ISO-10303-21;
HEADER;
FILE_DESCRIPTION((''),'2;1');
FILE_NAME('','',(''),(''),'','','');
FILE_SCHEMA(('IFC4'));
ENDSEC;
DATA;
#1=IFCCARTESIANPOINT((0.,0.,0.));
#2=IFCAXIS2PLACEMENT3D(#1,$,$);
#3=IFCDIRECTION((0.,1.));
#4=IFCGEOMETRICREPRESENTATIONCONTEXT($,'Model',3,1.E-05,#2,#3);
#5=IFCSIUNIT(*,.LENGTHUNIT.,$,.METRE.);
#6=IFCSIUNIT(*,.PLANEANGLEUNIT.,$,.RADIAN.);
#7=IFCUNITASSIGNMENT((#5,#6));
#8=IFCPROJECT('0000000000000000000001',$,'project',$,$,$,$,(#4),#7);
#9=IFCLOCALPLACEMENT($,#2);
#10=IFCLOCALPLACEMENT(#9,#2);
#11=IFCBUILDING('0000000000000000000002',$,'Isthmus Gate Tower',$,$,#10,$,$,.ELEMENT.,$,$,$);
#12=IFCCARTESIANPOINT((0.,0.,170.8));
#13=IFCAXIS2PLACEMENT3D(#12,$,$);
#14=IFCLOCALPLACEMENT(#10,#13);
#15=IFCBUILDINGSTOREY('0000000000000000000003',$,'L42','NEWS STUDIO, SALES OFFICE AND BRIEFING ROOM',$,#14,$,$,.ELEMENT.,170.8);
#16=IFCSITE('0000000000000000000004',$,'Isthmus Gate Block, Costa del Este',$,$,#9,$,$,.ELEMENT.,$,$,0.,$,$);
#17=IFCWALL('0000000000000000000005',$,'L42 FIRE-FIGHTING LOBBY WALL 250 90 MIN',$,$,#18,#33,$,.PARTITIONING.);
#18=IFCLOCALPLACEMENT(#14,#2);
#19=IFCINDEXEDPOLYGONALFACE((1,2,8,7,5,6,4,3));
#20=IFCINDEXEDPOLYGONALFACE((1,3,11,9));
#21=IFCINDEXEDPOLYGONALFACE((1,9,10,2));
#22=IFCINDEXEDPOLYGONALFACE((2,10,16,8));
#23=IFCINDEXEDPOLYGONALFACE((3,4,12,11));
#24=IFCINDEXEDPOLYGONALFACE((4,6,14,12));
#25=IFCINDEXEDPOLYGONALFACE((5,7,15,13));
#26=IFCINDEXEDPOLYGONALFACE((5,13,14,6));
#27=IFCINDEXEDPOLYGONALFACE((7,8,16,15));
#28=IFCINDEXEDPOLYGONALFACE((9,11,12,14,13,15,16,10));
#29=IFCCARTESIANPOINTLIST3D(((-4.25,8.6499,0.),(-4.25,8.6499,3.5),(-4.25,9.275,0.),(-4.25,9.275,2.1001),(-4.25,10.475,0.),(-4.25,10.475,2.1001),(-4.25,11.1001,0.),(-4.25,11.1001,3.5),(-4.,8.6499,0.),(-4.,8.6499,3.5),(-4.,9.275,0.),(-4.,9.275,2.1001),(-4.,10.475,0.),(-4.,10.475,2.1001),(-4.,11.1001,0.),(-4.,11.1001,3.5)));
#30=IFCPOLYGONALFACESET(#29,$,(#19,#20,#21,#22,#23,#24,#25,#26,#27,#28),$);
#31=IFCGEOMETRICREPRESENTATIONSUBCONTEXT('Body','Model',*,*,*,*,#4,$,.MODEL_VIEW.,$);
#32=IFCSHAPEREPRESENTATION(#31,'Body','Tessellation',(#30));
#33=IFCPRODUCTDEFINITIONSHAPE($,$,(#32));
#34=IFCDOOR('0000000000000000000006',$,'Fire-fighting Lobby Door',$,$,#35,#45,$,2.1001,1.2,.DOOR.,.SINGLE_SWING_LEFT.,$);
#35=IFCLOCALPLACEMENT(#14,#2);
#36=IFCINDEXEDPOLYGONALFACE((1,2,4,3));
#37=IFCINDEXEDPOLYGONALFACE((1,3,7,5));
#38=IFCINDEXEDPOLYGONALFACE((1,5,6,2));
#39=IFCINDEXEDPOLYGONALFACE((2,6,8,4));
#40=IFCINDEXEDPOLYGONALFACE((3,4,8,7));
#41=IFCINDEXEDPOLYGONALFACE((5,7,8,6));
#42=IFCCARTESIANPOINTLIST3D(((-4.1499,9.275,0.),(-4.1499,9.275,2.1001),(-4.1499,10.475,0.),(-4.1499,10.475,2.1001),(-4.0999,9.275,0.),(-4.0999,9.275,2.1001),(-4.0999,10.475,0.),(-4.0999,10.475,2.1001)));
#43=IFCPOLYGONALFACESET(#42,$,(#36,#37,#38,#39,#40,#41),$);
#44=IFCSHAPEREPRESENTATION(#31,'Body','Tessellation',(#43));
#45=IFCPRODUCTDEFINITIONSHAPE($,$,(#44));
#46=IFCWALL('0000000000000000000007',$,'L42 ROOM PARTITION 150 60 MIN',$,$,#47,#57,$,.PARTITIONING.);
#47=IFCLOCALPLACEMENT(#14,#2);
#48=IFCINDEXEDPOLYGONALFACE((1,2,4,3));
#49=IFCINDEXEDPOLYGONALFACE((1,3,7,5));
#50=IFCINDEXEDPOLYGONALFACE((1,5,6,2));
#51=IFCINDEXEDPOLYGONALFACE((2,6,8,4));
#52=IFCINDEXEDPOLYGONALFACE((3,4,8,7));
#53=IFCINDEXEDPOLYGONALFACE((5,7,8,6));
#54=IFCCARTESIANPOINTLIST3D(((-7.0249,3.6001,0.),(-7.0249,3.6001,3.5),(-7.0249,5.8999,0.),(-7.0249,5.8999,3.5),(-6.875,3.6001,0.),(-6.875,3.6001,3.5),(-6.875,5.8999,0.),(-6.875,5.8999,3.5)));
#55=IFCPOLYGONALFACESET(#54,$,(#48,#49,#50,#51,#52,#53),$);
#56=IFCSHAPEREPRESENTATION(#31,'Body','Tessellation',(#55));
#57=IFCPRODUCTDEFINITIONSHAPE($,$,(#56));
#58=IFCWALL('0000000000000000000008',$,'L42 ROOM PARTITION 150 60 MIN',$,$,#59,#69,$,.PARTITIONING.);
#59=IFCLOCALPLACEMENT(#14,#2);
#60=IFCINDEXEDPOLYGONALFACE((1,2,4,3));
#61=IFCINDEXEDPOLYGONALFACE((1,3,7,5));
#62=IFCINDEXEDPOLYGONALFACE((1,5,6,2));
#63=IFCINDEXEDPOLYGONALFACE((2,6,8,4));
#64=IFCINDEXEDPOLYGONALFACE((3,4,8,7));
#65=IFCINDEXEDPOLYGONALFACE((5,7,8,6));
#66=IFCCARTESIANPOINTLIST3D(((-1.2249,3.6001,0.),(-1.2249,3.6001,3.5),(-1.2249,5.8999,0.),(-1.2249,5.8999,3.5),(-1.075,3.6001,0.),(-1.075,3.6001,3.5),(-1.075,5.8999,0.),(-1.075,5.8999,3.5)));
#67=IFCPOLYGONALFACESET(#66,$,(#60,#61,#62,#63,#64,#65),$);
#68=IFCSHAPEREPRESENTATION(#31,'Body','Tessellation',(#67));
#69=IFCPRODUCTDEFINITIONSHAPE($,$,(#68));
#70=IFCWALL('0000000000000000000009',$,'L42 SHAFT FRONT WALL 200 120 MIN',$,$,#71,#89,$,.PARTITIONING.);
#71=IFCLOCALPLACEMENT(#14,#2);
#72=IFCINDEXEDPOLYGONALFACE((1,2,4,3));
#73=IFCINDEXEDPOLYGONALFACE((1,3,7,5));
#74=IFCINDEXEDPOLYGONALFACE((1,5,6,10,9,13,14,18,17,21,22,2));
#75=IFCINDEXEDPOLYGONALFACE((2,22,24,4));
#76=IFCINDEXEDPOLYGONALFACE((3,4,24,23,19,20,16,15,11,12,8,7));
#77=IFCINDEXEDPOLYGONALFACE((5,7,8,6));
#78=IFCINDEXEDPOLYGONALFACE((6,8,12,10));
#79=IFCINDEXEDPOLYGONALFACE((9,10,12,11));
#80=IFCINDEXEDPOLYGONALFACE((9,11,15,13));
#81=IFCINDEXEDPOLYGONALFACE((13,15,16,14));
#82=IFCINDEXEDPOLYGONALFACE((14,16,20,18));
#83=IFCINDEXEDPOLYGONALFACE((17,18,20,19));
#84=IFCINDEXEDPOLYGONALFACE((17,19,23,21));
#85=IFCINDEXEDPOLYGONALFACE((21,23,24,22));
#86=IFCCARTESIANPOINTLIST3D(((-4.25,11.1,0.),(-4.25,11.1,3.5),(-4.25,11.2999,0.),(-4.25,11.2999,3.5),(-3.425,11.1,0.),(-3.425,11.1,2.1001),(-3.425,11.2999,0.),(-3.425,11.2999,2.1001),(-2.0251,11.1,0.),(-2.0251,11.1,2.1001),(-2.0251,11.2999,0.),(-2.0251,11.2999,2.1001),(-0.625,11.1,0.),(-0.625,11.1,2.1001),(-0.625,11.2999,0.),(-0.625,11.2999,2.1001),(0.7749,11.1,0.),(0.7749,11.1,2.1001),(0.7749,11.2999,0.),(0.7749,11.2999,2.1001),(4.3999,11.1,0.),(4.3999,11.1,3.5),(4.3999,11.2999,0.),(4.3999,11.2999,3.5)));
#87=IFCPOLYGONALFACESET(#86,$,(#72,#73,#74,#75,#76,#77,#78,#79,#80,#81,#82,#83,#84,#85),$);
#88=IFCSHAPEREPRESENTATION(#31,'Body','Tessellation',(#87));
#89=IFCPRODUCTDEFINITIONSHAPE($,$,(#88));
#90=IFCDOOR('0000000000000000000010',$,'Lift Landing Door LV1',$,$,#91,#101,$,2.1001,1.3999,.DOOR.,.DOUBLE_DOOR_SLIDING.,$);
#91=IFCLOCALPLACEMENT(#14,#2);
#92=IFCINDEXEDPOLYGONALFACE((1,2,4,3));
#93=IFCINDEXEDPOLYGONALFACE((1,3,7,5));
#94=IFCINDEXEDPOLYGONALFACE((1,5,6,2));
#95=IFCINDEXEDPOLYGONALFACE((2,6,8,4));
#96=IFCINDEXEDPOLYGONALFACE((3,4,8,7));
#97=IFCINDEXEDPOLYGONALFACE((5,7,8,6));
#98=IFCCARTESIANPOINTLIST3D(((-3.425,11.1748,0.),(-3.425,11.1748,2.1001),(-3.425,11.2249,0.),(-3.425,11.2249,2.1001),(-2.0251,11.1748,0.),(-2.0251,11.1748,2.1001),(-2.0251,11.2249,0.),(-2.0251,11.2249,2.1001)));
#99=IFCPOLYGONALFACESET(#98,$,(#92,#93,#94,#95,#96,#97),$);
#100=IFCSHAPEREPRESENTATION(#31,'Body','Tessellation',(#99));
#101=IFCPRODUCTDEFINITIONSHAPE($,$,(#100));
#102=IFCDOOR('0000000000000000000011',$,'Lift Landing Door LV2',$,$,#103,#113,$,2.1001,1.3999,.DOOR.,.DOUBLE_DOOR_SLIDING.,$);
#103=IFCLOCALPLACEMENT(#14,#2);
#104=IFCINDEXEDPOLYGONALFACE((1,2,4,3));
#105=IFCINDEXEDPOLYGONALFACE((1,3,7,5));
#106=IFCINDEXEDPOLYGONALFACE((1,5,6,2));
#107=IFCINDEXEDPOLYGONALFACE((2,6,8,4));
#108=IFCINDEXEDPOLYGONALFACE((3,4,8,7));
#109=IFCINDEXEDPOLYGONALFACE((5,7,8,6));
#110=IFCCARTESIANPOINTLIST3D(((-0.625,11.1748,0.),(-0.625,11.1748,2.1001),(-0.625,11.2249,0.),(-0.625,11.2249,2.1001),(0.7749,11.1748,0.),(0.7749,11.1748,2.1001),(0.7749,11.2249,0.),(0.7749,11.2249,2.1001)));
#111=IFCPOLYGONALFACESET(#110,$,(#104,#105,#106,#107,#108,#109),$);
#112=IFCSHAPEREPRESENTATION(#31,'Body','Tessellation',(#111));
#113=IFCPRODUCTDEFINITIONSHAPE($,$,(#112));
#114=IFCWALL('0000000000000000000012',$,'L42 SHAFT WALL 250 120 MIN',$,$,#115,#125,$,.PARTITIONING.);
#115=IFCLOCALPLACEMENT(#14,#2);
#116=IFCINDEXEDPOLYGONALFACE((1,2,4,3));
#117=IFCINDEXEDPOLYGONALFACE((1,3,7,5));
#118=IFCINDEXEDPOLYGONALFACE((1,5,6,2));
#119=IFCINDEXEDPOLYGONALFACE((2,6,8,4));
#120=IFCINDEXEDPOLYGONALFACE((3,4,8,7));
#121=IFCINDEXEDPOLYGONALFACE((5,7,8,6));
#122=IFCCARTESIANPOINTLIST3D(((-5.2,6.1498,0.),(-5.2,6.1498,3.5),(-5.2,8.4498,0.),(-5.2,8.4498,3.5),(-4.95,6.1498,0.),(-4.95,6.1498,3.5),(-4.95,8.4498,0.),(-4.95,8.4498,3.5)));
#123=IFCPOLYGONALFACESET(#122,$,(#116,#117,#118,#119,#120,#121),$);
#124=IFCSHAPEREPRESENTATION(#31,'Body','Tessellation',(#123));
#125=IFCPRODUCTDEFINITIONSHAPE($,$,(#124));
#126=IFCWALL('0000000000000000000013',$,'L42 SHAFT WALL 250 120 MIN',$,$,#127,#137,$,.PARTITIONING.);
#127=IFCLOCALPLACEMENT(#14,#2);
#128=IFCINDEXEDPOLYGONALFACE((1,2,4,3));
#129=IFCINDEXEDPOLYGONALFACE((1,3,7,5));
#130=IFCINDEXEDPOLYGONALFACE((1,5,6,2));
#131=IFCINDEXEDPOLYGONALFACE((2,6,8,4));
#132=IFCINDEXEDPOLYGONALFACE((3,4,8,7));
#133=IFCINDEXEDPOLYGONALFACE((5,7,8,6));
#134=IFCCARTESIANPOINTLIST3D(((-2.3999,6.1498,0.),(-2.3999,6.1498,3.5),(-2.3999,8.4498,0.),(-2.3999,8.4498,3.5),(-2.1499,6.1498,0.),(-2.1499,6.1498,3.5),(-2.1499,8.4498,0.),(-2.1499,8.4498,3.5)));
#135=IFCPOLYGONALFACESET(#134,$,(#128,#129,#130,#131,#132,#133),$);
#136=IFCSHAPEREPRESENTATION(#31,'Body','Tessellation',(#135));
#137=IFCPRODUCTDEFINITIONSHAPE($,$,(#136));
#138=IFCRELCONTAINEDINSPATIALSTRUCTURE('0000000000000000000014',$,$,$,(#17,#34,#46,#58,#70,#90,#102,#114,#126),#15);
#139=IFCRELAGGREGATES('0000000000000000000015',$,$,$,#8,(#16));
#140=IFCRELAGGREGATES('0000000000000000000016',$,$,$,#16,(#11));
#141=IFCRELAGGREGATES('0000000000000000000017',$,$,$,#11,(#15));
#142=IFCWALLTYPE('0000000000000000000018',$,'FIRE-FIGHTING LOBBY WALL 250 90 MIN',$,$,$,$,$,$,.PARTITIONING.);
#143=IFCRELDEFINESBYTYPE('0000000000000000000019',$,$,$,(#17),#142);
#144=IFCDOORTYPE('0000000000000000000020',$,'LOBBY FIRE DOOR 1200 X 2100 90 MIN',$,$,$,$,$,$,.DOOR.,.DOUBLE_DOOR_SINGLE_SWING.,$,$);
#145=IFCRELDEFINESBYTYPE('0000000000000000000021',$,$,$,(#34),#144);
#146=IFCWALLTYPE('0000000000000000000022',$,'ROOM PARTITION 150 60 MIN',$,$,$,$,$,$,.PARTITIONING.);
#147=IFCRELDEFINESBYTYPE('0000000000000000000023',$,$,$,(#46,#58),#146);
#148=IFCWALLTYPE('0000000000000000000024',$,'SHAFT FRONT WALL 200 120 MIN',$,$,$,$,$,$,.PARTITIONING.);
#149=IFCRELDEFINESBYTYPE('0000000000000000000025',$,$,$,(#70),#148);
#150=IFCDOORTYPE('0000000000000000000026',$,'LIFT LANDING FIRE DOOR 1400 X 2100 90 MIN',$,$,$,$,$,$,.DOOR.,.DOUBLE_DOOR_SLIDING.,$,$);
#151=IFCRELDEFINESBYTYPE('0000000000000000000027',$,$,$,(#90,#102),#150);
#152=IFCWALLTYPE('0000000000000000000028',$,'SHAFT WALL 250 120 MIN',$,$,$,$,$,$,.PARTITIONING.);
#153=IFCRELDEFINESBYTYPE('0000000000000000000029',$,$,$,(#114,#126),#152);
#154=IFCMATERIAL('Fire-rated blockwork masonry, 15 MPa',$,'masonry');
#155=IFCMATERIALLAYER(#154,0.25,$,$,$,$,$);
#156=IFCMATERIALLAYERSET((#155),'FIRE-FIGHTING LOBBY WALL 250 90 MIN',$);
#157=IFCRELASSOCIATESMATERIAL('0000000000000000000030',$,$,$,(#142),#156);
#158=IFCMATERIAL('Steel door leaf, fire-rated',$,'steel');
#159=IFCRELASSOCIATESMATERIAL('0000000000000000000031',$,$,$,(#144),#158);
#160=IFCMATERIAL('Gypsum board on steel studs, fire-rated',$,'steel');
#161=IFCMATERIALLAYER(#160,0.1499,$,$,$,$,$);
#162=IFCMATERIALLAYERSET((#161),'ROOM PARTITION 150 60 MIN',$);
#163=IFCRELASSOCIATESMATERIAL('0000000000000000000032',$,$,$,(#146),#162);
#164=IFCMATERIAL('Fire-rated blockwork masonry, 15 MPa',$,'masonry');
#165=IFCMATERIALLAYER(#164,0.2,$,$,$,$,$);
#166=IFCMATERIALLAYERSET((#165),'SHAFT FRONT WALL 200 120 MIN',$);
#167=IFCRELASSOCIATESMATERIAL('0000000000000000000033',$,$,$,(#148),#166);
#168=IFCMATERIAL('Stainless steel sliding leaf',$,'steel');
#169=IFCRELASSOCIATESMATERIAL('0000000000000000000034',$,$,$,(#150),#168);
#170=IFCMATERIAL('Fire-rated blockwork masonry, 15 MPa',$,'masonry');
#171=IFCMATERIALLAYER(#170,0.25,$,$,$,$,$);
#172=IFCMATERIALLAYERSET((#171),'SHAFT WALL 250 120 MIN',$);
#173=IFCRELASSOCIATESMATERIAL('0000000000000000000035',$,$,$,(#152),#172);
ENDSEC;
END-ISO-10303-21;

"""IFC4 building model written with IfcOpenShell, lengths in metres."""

from ifc_helpers import new_model, si_unit, direction, frame, frame_2d, origin, place, context, subcontext, project, spatial, rectangle, extrude, material, layer, layer_set, type_object, element, fill, save


model = new_model("IFC4")

# Units and contexts
model_context = context("Model", 3, precision=1e-05, world=origin(), true_north=direction((0.0, 1.0)))
body_context = subcontext(model_context, "Body", "Model", "MODEL_VIEW")
ifc_project = project(units=[si_unit("LENGTHUNIT", "METRE"), si_unit("PLANEANGLEUNIT", "RADIAN")], contexts=[model_context])

# Site, building, storey
site_placement = place(None, origin())
site = spatial("IfcSite", under=ifc_project, at=site_placement, Name="Isthmus Gate Block, Costa del Este", CompositionType="ELEMENT", RefElevation=0.0)
building_placement = place(site_placement, origin())
building = spatial("IfcBuilding", under=site, at=building_placement, Name="Isthmus Gate Tower", CompositionType="ELEMENT")
storey_placement = place(building_placement, frame((0.0, 0.0, 170.8)))
storey = spatial("IfcBuildingStorey", under=building, at=storey_placement, Name="L42", Description="NEWS STUDIO, SALES OFFICE AND BRIEFING ROOM", CompositionType="ELEMENT", Elevation=170.8)

# Wall, opening, door
ifc_material_1 = material(Name="Fire-rated blockwork masonry, 15 MPa", Category="masonry")
ifc_layer_1 = layer(ifc_material_1, 0.25)
ifc_layer_set_1 = layer_set([ifc_layer_1], Name="FIRE-FIGHTING LOBBY WALL 250 90 MIN")
wall_type_1 = type_object("IfcWallType", Name="FIRE-FIGHTING LOBBY WALL 250 90 MIN", PredefinedType="PARTITIONING", material=ifc_layer_set_1)
wall_1_placement = place(storey_placement, frame((-4.125, 8.6499, 0.0), z_axis=(0.0, 0.0, 1.0), x_axis=(0.0, 1.0, 0.0)))
wall_1 = element("IfcWall", 1, at=wall_1_placement, inside=storey, type_object=wall_type_1, Name="L42 FIRE-FIGHTING LOBBY WALL 250 90 MIN", PredefinedType="PARTITIONING", context=body_context, shape_type="SweptSolid", body=[
    extrude(rectangle(XDim=2.4502, YDim=0.25, at=frame_2d((1.2251, 0.0))), origin(), (0.0, 0.0, 1.0), 3.5),
])
opening_1_placement = place(wall_1_placement, frame((0.625, 0.0, 0.0)))
opening_1 = element("IfcOpeningElement", 2, at=opening_1_placement, cuts=wall_1, PredefinedType="OPENING", context=body_context, shape_type="SweptSolid", body=[
    extrude(rectangle(XDim=1.2, YDim=2.1001, at=frame_2d((0.6001, 1.05))), frame((0.0, 0.135, 0.0), z_axis=(0.0, -1.0, 0.0), x_axis=(1.0, 0.0, 0.0)), (0.0, 0.0, 1.0), 0.27),
])
ifc_material_2 = material(Name="Steel door leaf, fire-rated", Category="steel")
door_type_1 = type_object("IfcDoorType", Name="LOBBY FIRE DOOR 1200 X 2100 90 MIN", OperationType="DOUBLE_DOOR_SINGLE_SWING", PredefinedType="DOOR", material=ifc_material_2)
door_1_placement = place(opening_1_placement, origin())
door_1 = element("IfcDoor", 3, at=door_1_placement, inside=storey, type_object=door_type_1, Name="Fire-fighting Lobby Door", OperationType="SINGLE_SWING_LEFT", OverallHeight=2.1001, OverallWidth=1.2, PredefinedType="DOOR", context=body_context, shape_type="SweptSolid", body=[
    extrude(rectangle(XDim=1.2, YDim=2.1001, at=frame_2d((0.6001, 1.05))), frame((0.0, 0.0249, 0.0), z_axis=(0.0, -1.0, 0.0), x_axis=(1.0, 0.0, 0.0)), (0.0, 0.0, 1.0), 0.05),
])
fill(opening_1, door_1)

# Walls
ifc_material_3 = material(Name="Gypsum board on steel studs, fire-rated", Category="steel")
ifc_layer_2 = layer(ifc_material_3, 0.1499)
ifc_layer_set_2 = layer_set([ifc_layer_2], Name="ROOM PARTITION 150 60 MIN")
wall_type_2 = type_object("IfcWallType", Name="ROOM PARTITION 150 60 MIN", PredefinedType="PARTITIONING", material=ifc_layer_set_2)
for number, where, z_axis, x_axis, name in (
    (4, (-6.95, 3.6001, 0.0), (0.0, 0.0, 1.0), (0.0, 1.0, 0.0), "L42 ROOM PARTITION 150 60 MIN"),
    (5, (-1.1499, 3.6001, 0.0), (0.0, 0.0, 1.0), (0.0, 1.0, 0.0), "L42 ROOM PARTITION 150 60 MIN"),
):
    element("IfcWall", number, at=place(storey_placement, frame(where, z_axis=z_axis, x_axis=x_axis)), inside=storey, type_object=wall_type_2, Name=name, PredefinedType="PARTITIONING", context=body_context, shape_type="SweptSolid", body=[
        extrude(rectangle(XDim=2.2998, YDim=0.1499, at=frame_2d((1.1499, 0.0))), origin(), (0.0, 0.0, 1.0), 3.5),
    ])

# Wall, openings, doors
ifc_material_4 = material(Name="Fire-rated blockwork masonry, 15 MPa", Category="masonry")
ifc_layer_3 = layer(ifc_material_4, 0.2)
ifc_layer_set_3 = layer_set([ifc_layer_3], Name="SHAFT FRONT WALL 200 120 MIN")
wall_type_3 = type_object("IfcWallType", Name="SHAFT FRONT WALL 200 120 MIN", PredefinedType="PARTITIONING", material=ifc_layer_set_3)
wall_2_placement = place(storey_placement, frame((-4.25, 11.2, 0.0), z_axis=(0.0, 0.0, 1.0), x_axis=(1.0, 0.0, 0.0)))
wall_2 = element("IfcWall", 6, at=wall_2_placement, inside=storey, type_object=wall_type_3, Name="L42 SHAFT FRONT WALL 200 120 MIN", PredefinedType="PARTITIONING", context=body_context, shape_type="SweptSolid", body=[
    extrude(rectangle(XDim=8.6499, YDim=0.2, at=frame_2d((4.325, 0.0))), origin(), (0.0, 0.0, 1.0), 3.5),
])
opening_2_placement = place(wall_2_placement, frame((0.825, 0.0, 0.0)))
opening_2 = element("IfcOpeningElement", 7, at=opening_2_placement, cuts=wall_2, PredefinedType="OPENING", context=body_context, shape_type="SweptSolid", body=[
    extrude(rectangle(XDim=1.3999, YDim=2.1001, at=frame_2d((0.7, 1.05))), frame((0.0, 0.1099, 0.0), z_axis=(0.0, -1.0, 0.0), x_axis=(1.0, 0.0, 0.0)), (0.0, 0.0, 1.0), 0.22),
])
opening_3_placement = place(wall_2_placement, frame((3.625, 0.0, 0.0)))
opening_3 = element("IfcOpeningElement", 8, at=opening_3_placement, cuts=wall_2, PredefinedType="OPENING", context=body_context, shape_type="SweptSolid", body=[
    extrude(rectangle(XDim=1.3999, YDim=2.1001, at=frame_2d((0.7, 1.05))), frame((0.0, 0.1099, 0.0), z_axis=(0.0, -1.0, 0.0), x_axis=(1.0, 0.0, 0.0)), (0.0, 0.0, 1.0), 0.22),
])
ifc_material_5 = material(Name="Stainless steel sliding leaf", Category="steel")
door_type_2 = type_object("IfcDoorType", Name="LIFT LANDING FIRE DOOR 1400 X 2100 90 MIN", OperationType="DOUBLE_DOOR_SLIDING", PredefinedType="DOOR", material=ifc_material_5)
door_2_placement = place(opening_2_placement, origin())
door_2 = element("IfcDoor", 9, at=door_2_placement, inside=storey, type_object=door_type_2, Name="Lift Landing Door LV1", OperationType="DOUBLE_DOOR_SLIDING", OverallHeight=2.1001, OverallWidth=1.3999, PredefinedType="DOOR", context=body_context, shape_type="SweptSolid", body=[
    extrude(rectangle(XDim=1.3999, YDim=2.1001, at=frame_2d((0.7, 1.05))), frame((0.0, 0.0249, 0.0), z_axis=(0.0, -1.0, 0.0), x_axis=(1.0, 0.0, 0.0)), (0.0, 0.0, 1.0), 0.05),
])
fill(opening_2, door_2)
door_3_placement = place(opening_3_placement, origin())
door_3 = element("IfcDoor", 10, at=door_3_placement, inside=storey, type_object=door_type_2, Name="Lift Landing Door LV2", OperationType="DOUBLE_DOOR_SLIDING", OverallHeight=2.1001, OverallWidth=1.3999, PredefinedType="DOOR", context=body_context, shape_type="SweptSolid", body=[
    extrude(rectangle(XDim=1.3999, YDim=2.1001, at=frame_2d((0.7, 1.05))), frame((0.0, 0.0249, 0.0), z_axis=(0.0, -1.0, 0.0), x_axis=(1.0, 0.0, 0.0)), (0.0, 0.0, 1.0), 0.05),
])
fill(opening_3, door_3)

# Walls
ifc_material_6 = material(Name="Fire-rated blockwork masonry, 15 MPa", Category="masonry")
ifc_layer_4 = layer(ifc_material_6, 0.25)
ifc_layer_set_4 = layer_set([ifc_layer_4], Name="SHAFT WALL 250 120 MIN")
wall_type_4 = type_object("IfcWallType", Name="SHAFT WALL 250 120 MIN", PredefinedType="PARTITIONING", material=ifc_layer_set_4)
for number, where, z_axis, x_axis, name in (
    (11, (-5.075, 6.1499, 0.0), (0.0, 0.0, 1.0), (0.0, 1.0, 0.0), "L42 SHAFT WALL 250 120 MIN"),
    (12, (-2.2749, 6.1499, 0.0), (0.0, 0.0, 1.0), (0.0, 1.0, 0.0), "L42 SHAFT WALL 250 120 MIN"),
):
    element("IfcWall", number, at=place(storey_placement, frame(where, z_axis=z_axis, x_axis=x_axis)), inside=storey, type_object=wall_type_4, Name=name, PredefinedType="PARTITIONING", context=body_context, shape_type="SweptSolid", body=[
        extrude(rectangle(XDim=2.3, YDim=0.25, at=frame_2d((1.1499, 0.0))), origin(), (0.0, 0.0, 1.0), 3.5),
    ])

save(model, "model.ifc")
